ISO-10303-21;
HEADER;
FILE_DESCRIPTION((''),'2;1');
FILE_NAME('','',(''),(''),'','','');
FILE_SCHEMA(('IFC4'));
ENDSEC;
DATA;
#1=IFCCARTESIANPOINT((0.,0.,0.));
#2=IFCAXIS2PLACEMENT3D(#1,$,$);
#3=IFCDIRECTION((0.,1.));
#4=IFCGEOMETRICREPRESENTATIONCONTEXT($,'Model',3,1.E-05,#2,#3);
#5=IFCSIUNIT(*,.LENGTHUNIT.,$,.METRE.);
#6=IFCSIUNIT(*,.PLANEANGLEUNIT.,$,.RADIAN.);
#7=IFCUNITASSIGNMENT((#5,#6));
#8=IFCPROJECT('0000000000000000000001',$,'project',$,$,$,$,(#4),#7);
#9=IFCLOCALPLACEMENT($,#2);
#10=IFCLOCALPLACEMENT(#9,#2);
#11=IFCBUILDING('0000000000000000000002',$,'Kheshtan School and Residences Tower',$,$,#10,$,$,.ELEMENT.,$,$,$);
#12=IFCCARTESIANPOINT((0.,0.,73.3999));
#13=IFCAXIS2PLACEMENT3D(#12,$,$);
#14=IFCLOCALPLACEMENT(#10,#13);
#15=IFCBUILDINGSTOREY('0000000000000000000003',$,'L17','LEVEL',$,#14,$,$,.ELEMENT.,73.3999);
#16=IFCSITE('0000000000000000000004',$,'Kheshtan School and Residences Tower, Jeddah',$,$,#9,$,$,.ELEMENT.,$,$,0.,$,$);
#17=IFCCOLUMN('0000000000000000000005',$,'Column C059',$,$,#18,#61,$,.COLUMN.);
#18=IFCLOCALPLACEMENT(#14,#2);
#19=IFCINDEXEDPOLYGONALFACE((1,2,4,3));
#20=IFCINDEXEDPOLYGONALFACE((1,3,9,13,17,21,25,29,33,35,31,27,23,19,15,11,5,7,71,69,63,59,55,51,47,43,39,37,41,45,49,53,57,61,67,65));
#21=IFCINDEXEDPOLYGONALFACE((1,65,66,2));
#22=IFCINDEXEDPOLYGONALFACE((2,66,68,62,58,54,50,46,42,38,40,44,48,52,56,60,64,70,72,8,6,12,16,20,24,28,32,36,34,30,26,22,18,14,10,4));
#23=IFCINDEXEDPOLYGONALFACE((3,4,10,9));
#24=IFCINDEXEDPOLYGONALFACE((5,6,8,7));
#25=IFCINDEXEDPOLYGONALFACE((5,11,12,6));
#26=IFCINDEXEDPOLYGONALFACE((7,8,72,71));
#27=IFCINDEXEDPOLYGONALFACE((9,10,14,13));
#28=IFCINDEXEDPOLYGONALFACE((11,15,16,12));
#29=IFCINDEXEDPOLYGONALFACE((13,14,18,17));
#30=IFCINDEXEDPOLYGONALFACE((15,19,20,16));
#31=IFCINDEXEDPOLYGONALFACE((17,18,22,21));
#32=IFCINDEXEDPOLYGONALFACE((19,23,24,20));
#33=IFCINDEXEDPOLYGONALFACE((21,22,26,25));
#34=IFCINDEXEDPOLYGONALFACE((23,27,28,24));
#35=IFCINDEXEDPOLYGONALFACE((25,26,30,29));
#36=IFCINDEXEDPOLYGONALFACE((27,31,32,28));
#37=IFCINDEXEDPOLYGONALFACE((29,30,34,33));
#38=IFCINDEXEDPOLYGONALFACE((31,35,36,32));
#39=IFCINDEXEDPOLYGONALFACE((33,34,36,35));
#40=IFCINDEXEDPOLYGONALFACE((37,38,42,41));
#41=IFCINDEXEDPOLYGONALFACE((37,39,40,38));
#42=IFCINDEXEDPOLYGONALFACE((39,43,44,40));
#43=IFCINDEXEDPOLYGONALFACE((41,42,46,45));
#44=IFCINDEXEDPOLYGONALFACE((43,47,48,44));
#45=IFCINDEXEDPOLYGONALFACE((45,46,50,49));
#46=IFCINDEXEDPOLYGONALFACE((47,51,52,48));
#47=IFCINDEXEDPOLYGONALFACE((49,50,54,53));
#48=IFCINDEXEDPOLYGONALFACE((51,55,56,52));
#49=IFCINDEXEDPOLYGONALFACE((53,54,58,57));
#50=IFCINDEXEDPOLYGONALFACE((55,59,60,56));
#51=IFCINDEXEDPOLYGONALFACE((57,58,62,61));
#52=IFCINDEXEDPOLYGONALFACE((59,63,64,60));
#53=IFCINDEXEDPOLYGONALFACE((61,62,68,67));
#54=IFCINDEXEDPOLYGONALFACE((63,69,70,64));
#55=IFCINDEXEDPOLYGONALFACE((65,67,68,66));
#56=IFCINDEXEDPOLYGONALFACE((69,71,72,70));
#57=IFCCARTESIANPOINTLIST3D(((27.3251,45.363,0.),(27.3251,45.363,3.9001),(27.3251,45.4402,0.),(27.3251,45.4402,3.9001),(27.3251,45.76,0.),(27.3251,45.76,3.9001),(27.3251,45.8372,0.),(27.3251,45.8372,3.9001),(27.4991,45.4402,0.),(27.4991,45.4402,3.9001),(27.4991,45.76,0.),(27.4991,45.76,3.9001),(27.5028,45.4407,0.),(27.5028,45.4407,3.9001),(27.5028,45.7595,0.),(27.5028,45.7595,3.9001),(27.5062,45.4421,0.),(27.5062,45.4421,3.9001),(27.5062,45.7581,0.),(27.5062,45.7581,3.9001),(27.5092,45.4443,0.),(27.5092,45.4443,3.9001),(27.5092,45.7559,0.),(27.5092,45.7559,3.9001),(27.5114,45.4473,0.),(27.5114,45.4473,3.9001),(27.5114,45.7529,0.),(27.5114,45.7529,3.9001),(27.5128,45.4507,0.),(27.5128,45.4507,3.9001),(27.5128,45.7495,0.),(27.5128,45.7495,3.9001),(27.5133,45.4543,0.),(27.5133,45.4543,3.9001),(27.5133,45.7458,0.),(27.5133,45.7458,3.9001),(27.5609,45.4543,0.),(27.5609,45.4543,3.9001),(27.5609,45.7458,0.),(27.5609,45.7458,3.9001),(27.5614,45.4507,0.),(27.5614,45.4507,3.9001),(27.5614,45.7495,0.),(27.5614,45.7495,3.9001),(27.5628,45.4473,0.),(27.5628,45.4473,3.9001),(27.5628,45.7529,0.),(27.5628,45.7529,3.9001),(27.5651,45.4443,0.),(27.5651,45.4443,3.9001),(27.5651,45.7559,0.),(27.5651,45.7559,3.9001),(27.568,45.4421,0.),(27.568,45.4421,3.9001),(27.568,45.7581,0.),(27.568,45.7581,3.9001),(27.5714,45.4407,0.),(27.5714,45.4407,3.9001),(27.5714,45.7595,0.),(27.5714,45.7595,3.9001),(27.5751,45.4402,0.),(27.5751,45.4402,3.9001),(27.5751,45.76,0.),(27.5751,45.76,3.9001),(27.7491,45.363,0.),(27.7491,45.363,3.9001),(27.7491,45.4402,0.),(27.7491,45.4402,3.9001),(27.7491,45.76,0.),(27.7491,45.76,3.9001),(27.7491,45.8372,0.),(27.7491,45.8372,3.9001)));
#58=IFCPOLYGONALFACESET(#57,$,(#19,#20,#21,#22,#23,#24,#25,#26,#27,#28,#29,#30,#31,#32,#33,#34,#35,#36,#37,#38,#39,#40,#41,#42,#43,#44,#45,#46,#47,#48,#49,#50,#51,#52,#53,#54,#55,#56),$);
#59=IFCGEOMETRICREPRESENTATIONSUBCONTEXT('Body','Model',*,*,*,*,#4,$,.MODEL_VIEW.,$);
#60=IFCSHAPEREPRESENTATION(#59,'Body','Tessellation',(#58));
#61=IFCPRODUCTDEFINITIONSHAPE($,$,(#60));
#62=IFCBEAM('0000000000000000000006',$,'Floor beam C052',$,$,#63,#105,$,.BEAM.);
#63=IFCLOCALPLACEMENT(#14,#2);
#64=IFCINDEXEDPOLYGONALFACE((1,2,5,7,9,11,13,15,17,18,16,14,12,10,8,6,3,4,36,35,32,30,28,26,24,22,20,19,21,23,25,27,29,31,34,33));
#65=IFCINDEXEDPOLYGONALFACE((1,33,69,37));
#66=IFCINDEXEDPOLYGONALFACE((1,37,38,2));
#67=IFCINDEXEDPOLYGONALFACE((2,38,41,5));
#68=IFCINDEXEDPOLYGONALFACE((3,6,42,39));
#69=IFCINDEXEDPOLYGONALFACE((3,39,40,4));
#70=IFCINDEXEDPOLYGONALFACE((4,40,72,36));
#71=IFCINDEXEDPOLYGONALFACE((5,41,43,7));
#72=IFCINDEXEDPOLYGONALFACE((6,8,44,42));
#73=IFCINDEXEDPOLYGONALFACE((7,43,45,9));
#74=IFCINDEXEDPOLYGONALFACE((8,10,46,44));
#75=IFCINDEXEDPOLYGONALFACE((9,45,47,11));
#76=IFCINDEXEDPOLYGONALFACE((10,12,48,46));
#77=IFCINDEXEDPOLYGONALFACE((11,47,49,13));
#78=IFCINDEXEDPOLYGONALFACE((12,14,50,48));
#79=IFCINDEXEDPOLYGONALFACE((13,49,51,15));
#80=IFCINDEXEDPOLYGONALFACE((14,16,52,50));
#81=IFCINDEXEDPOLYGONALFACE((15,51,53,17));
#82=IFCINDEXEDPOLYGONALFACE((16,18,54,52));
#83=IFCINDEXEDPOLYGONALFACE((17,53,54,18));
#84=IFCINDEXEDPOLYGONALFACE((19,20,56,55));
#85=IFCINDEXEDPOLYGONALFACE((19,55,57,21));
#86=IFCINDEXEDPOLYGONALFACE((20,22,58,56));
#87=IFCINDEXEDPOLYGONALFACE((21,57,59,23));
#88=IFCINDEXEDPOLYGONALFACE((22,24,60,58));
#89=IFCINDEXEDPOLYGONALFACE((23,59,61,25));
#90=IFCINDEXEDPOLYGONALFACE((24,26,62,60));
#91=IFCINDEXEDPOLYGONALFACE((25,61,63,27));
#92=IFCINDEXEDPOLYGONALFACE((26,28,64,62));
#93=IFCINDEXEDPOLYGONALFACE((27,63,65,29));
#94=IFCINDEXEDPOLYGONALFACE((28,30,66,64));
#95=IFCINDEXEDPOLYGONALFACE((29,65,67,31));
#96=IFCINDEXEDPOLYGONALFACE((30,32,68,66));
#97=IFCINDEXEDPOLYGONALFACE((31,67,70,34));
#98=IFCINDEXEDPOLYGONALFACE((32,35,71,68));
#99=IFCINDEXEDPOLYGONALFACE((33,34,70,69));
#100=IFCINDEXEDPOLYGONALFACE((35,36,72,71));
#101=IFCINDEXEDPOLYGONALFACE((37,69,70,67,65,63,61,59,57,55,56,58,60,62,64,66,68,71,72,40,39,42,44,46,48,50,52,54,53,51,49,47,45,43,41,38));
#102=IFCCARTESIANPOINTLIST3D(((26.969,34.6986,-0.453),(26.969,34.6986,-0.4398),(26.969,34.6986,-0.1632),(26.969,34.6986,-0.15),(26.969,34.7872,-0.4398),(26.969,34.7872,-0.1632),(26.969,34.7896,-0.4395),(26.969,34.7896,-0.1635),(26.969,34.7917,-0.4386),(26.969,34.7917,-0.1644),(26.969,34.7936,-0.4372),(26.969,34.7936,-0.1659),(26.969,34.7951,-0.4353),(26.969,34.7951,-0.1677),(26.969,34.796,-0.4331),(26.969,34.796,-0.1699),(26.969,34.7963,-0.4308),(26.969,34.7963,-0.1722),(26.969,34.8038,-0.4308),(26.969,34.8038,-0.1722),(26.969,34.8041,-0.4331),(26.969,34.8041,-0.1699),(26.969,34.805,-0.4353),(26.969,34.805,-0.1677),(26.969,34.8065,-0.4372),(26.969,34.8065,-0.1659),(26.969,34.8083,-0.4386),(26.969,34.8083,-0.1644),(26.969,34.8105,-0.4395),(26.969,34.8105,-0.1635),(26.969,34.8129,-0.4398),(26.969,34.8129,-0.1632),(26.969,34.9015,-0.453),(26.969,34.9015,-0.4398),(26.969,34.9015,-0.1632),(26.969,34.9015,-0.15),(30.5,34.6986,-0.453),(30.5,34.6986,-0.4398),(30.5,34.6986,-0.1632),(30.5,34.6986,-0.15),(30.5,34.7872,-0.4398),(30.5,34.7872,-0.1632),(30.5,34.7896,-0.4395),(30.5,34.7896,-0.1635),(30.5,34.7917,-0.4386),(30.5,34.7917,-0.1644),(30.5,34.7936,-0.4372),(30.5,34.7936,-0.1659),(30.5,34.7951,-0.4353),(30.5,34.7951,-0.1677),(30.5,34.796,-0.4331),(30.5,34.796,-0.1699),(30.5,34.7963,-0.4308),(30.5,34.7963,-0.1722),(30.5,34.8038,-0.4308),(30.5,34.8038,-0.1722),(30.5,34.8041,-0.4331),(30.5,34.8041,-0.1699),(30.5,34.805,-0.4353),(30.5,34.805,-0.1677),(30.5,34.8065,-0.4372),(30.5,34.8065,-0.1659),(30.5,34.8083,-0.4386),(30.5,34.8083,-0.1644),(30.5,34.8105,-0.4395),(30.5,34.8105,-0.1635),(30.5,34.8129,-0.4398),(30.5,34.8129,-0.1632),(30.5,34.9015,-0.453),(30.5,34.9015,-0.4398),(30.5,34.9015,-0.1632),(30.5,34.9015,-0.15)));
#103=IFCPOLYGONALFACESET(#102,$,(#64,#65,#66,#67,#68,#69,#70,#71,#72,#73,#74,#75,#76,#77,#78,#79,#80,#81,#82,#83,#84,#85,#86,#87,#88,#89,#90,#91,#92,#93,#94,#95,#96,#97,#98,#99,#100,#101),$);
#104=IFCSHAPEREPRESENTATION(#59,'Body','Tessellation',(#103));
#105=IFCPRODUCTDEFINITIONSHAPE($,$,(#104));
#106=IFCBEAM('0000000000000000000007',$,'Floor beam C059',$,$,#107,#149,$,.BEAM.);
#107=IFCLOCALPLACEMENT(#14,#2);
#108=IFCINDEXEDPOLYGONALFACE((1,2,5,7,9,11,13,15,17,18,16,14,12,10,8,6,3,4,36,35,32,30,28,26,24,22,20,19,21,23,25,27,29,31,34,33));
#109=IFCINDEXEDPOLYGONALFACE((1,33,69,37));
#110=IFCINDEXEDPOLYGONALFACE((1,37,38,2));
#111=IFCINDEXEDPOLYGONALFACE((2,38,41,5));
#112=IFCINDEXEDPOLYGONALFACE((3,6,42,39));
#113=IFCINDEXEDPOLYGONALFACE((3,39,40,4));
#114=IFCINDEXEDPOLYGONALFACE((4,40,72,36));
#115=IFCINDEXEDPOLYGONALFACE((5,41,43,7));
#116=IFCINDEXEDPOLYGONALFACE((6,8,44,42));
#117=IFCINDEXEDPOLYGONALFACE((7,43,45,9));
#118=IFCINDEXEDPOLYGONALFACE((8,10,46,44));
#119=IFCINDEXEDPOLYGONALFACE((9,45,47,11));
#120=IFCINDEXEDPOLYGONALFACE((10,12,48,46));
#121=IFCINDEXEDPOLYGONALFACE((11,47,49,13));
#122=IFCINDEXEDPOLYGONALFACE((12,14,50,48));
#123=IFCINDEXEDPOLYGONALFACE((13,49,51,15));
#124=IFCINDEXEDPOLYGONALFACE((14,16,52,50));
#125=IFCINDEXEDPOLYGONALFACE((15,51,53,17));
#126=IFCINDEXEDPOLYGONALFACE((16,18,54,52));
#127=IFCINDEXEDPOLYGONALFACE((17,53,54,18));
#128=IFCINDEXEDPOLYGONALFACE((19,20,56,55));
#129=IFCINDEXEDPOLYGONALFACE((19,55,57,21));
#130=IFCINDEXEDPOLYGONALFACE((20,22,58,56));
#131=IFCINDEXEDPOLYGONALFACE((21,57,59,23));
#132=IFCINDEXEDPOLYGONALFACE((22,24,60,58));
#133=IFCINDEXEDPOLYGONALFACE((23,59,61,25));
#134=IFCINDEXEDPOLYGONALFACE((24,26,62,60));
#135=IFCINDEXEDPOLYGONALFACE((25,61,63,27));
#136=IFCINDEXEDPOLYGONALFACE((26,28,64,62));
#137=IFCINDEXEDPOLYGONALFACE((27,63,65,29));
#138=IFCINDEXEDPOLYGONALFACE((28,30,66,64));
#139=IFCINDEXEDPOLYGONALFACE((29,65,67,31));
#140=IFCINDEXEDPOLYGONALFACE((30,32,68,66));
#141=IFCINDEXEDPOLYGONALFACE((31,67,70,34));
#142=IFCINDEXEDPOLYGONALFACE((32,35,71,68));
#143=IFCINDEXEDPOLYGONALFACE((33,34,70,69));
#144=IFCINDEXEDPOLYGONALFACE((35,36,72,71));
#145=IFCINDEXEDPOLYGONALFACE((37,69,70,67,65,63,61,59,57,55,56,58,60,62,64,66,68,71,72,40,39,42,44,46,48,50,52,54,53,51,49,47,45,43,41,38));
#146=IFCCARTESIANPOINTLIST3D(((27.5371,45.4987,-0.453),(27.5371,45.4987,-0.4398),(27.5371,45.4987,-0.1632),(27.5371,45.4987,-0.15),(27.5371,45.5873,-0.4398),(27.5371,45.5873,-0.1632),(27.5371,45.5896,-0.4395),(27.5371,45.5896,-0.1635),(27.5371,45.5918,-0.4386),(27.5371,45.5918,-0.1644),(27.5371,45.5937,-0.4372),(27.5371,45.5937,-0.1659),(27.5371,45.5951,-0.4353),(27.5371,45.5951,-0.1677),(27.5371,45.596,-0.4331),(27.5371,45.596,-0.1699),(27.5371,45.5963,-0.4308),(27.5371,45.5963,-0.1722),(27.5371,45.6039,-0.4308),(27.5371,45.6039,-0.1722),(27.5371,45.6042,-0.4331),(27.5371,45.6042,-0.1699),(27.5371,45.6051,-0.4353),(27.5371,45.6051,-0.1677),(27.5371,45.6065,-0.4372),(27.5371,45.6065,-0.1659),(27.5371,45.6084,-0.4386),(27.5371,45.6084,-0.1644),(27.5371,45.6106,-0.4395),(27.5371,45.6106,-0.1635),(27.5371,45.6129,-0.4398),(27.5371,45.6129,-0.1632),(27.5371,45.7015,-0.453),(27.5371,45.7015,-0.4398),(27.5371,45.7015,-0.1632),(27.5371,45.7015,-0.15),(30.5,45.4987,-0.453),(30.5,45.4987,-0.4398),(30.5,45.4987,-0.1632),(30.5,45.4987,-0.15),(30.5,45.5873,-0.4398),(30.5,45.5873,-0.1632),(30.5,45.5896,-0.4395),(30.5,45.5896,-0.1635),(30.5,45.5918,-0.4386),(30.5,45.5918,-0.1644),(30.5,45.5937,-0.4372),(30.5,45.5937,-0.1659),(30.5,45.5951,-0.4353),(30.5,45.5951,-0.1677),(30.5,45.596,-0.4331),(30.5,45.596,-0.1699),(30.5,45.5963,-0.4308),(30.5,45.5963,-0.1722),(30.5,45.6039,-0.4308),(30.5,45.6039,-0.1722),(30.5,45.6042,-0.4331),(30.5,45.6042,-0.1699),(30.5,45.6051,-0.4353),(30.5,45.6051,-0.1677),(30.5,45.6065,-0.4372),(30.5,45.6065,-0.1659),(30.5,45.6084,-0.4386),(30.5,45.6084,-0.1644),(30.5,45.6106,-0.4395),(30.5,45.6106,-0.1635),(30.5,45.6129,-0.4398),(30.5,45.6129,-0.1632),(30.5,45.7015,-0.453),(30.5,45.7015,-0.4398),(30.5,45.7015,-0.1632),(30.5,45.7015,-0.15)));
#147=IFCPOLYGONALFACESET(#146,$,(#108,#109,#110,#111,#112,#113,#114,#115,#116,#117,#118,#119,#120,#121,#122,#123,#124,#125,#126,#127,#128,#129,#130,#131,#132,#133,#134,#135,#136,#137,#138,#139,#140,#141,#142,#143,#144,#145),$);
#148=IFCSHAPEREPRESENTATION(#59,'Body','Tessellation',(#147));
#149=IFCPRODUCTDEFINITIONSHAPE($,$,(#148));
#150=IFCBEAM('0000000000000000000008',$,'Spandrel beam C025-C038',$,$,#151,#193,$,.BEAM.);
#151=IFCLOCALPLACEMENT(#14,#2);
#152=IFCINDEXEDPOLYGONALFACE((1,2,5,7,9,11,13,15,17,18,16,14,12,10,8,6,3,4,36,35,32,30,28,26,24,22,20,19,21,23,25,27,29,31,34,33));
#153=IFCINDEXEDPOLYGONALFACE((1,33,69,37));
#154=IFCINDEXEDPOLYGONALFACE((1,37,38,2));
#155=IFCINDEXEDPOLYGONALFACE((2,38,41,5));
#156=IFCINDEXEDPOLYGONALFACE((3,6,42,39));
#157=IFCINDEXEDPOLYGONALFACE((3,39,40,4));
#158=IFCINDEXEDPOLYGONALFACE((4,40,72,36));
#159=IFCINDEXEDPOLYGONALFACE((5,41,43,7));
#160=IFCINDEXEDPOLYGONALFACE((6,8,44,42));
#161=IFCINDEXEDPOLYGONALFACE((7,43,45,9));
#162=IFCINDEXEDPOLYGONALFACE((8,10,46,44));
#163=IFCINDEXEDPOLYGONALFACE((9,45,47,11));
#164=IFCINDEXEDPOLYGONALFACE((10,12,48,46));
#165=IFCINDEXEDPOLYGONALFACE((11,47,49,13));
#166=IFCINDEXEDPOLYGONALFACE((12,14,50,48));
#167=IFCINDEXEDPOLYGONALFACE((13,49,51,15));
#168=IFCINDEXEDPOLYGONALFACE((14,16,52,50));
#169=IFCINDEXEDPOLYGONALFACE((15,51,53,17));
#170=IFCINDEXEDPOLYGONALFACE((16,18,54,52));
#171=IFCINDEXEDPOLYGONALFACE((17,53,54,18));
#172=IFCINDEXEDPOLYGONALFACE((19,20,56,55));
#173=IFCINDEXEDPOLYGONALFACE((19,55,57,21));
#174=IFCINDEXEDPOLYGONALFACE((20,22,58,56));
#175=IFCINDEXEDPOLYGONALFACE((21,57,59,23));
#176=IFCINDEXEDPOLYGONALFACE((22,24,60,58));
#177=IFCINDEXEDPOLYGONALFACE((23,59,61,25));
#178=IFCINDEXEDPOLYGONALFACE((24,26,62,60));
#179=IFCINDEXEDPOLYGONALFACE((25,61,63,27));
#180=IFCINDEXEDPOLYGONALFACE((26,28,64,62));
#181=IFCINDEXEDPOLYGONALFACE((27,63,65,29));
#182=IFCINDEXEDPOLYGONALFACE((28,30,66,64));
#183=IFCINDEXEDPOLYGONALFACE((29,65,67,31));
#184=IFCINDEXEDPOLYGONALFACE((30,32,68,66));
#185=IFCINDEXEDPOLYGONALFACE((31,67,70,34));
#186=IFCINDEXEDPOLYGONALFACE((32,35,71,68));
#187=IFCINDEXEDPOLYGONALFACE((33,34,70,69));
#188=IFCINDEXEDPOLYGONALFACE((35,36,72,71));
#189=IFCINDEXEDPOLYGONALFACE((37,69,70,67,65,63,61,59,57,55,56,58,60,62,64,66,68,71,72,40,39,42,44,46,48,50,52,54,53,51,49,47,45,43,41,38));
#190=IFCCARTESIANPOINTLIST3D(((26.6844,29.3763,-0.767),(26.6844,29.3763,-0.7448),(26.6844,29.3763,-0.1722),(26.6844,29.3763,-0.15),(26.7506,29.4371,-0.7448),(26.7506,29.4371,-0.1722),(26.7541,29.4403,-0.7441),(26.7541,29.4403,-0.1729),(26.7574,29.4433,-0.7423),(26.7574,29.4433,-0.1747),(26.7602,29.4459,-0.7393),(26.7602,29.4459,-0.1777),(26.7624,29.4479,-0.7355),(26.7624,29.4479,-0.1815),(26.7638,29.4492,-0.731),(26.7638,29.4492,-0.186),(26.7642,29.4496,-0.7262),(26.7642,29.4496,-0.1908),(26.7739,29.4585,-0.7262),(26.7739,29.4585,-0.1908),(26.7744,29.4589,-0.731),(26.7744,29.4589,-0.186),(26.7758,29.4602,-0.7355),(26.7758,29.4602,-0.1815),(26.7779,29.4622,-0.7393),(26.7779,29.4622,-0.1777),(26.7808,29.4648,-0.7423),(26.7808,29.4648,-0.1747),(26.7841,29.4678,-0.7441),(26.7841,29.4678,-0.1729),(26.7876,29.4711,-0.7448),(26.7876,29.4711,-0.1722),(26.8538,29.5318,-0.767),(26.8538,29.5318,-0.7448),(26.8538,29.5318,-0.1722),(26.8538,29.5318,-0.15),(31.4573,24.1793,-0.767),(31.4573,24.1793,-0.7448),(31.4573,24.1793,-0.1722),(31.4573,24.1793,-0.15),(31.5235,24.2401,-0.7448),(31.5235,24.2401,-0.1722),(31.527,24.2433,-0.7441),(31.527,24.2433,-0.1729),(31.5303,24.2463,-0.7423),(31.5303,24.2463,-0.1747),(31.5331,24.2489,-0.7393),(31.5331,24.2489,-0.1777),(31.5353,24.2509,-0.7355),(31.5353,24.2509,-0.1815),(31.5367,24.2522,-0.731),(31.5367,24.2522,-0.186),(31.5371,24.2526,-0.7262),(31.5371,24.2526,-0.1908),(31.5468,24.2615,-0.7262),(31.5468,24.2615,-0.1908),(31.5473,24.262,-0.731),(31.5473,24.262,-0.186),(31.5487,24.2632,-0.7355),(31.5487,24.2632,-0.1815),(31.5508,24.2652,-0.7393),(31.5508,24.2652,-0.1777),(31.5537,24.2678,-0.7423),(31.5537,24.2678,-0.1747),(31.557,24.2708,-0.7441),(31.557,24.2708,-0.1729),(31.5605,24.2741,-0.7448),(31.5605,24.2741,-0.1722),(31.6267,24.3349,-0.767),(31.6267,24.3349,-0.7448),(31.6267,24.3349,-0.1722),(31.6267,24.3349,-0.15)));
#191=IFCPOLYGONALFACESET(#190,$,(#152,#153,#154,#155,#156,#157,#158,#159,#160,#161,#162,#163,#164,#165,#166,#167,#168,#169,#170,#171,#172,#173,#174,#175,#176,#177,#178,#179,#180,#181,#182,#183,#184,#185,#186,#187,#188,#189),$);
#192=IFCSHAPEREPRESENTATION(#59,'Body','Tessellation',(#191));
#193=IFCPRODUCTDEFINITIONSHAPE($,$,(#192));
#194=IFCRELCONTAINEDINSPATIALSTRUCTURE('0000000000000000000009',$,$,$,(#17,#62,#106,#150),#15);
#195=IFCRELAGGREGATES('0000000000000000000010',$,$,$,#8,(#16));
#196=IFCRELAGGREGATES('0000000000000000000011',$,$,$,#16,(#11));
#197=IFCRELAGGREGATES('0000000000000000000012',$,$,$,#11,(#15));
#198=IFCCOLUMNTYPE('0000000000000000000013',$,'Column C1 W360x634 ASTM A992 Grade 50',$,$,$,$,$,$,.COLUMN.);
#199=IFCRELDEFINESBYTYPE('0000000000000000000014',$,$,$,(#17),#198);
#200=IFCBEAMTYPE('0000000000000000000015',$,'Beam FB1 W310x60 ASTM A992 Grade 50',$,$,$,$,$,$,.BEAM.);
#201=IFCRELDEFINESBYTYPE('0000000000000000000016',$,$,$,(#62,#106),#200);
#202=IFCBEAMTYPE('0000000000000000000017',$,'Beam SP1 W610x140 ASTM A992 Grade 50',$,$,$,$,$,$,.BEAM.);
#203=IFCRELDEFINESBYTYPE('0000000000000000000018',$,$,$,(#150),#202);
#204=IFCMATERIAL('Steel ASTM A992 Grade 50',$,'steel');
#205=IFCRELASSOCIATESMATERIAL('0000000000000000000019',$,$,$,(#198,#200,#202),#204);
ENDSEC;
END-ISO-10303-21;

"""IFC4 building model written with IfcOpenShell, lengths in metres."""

from ifc_helpers import new_model, si_unit, direction, frame, origin, origin_2d, place, context, subcontext, project, spatial, i_section, extrude, material, material_profile, profile_set, type_object, element, save


model = new_model("IFC4")

# Units and contexts
model_context = context("Model", 3, precision=1e-05, world=origin(), true_north=direction((0.0, 1.0)))
body_context = subcontext(model_context, "Body", "Model", "MODEL_VIEW")
ifc_project = project(units=[si_unit("LENGTHUNIT", "METRE"), si_unit("PLANEANGLEUNIT", "RADIAN")], contexts=[model_context])

# Site, building, storey
site_placement = place(None, origin())
site = spatial("IfcSite", under=ifc_project, at=site_placement, Name="Kheshtan School and Residences Tower, Jeddah", CompositionType="ELEMENT", RefElevation=0.0)
building_placement = place(site_placement, origin())
building = spatial("IfcBuilding", under=site, at=building_placement, Name="Kheshtan School and Residences Tower", CompositionType="ELEMENT")
storey_placement = place(building_placement, frame((0.0, 0.0, 73.3999)))
storey = spatial("IfcBuildingStorey", under=building, at=storey_placement, Name="L17", Description="LEVEL", CompositionType="ELEMENT", Elevation=73.3999)

# Column
ifc_material_1 = material(Name="Steel ASTM A992 Grade 50", Category="steel")
ifc_material_profile_1 = material_profile(ifc_material_1, i_section(OverallWidth=0.4241, OverallDepth=0.4741, WebThickness=0.0476, FlangeThickness=0.0771, FilletRadius=0.0142, at=origin_2d()), Name="W360x634")
ifc_profile_set_1 = profile_set([ifc_material_profile_1], Name="Steel ASTM A992 Grade 50")
column_type = type_object("IfcColumnType", Name="Column C1 W360x634 ASTM A992 Grade 50", PredefinedType="COLUMN", material=ifc_profile_set_1)
for number, where, z_axis, x_axis, name in (
    (1, (27.5371, 45.6001, 0.0), (0.0, 0.0, 1.0), (1.0, 0.0, 0.0), "Column C059"),
):
    element("IfcColumn", number, at=place(storey_placement, frame(where, z_axis=z_axis, x_axis=x_axis)), inside=storey, type_object=column_type, Name=name, PredefinedType="COLUMN", context=body_context, shape_type="SweptSolid", body=[
        extrude(i_section(OverallWidth=0.4241, OverallDepth=0.4741, WebThickness=0.0476, FlangeThickness=0.0771, FilletRadius=0.0142, at=origin_2d()), origin(), (0.0, 0.0, 1.0), 3.9001),
    ])

# Beams
ifc_material_profile_2 = material_profile(ifc_material_1, i_section(OverallWidth=0.2029, OverallDepth=0.303, WebThickness=0.0076, FlangeThickness=0.0132, FilletRadius=0.009, at=origin_2d()), Name="W310x60")
ifc_profile_set_2 = profile_set([ifc_material_profile_2], Name="Steel ASTM A992 Grade 50")
beam_type_1 = type_object("IfcBeamType", Name="Beam FB1 W310x60 ASTM A992 Grade 50", PredefinedType="BEAM", material=ifc_profile_set_2)
beam_1_placement = place(storey_placement, frame((26.969, 34.8, -0.3015), z_axis=(1.0, 0.0, 0.0), x_axis=(0.0, 1.0, 0.0)))
element("IfcBeam", 2, at=beam_1_placement, inside=storey, type_object=beam_type_1, Name="Floor beam C052", PredefinedType="BEAM", context=body_context, shape_type="SweptSolid", body=[
    extrude(i_section(OverallWidth=0.2029, OverallDepth=0.303, WebThickness=0.0076, FlangeThickness=0.0132, FilletRadius=0.009, at=origin_2d()), origin(), (0.0, 0.0, 1.0), 3.531),
])
beam_2_placement = place(storey_placement, frame((27.5371, 45.6001, -0.3015), z_axis=(1.0, 0.0, 0.0), x_axis=(0.0, 1.0, 0.0)))
element("IfcBeam", 3, at=beam_2_placement, inside=storey, type_object=beam_type_1, Name="Floor beam C059", PredefinedType="BEAM", context=body_context, shape_type="SweptSolid", body=[
    extrude(i_section(OverallWidth=0.2029, OverallDepth=0.303, WebThickness=0.0076, FlangeThickness=0.0132, FilletRadius=0.009, at=origin_2d()), origin(), (0.0, 0.0, 1.0), 2.9629),
])
ifc_material_profile_3 = material_profile(ifc_material_1, i_section(OverallWidth=0.23, OverallDepth=0.6169, WebThickness=0.0132, FlangeThickness=0.0222, FilletRadius=0.0186, at=origin_2d()), Name="W610x140")
ifc_profile_set_3 = profile_set([ifc_material_profile_3], Name="Steel ASTM A992 Grade 50")
beam_type_2 = type_object("IfcBeamType", Name="Beam SP1 W610x140 ASTM A992 Grade 50", PredefinedType="BEAM", material=ifc_profile_set_3)
beam_3_placement = place(storey_placement, frame((31.542, 24.2571, -0.4585), z_axis=(-0.676418, 0.736518, 0.0), x_axis=(-0.736518, -0.676418, 0.0)))
element("IfcBeam", 4, at=beam_3_placement, inside=storey, type_object=beam_type_2, Name="Spandrel beam C025-C038", PredefinedType="BEAM", context=body_context, shape_type="SweptSolid", body=[
    extrude(i_section(OverallWidth=0.23, OverallDepth=0.6169, WebThickness=0.0132, FlangeThickness=0.0222, FilletRadius=0.0186, at=origin_2d()), origin(), (0.0, 0.0, 1.0), 7.0562),
])

save(model, "model.ifc")
